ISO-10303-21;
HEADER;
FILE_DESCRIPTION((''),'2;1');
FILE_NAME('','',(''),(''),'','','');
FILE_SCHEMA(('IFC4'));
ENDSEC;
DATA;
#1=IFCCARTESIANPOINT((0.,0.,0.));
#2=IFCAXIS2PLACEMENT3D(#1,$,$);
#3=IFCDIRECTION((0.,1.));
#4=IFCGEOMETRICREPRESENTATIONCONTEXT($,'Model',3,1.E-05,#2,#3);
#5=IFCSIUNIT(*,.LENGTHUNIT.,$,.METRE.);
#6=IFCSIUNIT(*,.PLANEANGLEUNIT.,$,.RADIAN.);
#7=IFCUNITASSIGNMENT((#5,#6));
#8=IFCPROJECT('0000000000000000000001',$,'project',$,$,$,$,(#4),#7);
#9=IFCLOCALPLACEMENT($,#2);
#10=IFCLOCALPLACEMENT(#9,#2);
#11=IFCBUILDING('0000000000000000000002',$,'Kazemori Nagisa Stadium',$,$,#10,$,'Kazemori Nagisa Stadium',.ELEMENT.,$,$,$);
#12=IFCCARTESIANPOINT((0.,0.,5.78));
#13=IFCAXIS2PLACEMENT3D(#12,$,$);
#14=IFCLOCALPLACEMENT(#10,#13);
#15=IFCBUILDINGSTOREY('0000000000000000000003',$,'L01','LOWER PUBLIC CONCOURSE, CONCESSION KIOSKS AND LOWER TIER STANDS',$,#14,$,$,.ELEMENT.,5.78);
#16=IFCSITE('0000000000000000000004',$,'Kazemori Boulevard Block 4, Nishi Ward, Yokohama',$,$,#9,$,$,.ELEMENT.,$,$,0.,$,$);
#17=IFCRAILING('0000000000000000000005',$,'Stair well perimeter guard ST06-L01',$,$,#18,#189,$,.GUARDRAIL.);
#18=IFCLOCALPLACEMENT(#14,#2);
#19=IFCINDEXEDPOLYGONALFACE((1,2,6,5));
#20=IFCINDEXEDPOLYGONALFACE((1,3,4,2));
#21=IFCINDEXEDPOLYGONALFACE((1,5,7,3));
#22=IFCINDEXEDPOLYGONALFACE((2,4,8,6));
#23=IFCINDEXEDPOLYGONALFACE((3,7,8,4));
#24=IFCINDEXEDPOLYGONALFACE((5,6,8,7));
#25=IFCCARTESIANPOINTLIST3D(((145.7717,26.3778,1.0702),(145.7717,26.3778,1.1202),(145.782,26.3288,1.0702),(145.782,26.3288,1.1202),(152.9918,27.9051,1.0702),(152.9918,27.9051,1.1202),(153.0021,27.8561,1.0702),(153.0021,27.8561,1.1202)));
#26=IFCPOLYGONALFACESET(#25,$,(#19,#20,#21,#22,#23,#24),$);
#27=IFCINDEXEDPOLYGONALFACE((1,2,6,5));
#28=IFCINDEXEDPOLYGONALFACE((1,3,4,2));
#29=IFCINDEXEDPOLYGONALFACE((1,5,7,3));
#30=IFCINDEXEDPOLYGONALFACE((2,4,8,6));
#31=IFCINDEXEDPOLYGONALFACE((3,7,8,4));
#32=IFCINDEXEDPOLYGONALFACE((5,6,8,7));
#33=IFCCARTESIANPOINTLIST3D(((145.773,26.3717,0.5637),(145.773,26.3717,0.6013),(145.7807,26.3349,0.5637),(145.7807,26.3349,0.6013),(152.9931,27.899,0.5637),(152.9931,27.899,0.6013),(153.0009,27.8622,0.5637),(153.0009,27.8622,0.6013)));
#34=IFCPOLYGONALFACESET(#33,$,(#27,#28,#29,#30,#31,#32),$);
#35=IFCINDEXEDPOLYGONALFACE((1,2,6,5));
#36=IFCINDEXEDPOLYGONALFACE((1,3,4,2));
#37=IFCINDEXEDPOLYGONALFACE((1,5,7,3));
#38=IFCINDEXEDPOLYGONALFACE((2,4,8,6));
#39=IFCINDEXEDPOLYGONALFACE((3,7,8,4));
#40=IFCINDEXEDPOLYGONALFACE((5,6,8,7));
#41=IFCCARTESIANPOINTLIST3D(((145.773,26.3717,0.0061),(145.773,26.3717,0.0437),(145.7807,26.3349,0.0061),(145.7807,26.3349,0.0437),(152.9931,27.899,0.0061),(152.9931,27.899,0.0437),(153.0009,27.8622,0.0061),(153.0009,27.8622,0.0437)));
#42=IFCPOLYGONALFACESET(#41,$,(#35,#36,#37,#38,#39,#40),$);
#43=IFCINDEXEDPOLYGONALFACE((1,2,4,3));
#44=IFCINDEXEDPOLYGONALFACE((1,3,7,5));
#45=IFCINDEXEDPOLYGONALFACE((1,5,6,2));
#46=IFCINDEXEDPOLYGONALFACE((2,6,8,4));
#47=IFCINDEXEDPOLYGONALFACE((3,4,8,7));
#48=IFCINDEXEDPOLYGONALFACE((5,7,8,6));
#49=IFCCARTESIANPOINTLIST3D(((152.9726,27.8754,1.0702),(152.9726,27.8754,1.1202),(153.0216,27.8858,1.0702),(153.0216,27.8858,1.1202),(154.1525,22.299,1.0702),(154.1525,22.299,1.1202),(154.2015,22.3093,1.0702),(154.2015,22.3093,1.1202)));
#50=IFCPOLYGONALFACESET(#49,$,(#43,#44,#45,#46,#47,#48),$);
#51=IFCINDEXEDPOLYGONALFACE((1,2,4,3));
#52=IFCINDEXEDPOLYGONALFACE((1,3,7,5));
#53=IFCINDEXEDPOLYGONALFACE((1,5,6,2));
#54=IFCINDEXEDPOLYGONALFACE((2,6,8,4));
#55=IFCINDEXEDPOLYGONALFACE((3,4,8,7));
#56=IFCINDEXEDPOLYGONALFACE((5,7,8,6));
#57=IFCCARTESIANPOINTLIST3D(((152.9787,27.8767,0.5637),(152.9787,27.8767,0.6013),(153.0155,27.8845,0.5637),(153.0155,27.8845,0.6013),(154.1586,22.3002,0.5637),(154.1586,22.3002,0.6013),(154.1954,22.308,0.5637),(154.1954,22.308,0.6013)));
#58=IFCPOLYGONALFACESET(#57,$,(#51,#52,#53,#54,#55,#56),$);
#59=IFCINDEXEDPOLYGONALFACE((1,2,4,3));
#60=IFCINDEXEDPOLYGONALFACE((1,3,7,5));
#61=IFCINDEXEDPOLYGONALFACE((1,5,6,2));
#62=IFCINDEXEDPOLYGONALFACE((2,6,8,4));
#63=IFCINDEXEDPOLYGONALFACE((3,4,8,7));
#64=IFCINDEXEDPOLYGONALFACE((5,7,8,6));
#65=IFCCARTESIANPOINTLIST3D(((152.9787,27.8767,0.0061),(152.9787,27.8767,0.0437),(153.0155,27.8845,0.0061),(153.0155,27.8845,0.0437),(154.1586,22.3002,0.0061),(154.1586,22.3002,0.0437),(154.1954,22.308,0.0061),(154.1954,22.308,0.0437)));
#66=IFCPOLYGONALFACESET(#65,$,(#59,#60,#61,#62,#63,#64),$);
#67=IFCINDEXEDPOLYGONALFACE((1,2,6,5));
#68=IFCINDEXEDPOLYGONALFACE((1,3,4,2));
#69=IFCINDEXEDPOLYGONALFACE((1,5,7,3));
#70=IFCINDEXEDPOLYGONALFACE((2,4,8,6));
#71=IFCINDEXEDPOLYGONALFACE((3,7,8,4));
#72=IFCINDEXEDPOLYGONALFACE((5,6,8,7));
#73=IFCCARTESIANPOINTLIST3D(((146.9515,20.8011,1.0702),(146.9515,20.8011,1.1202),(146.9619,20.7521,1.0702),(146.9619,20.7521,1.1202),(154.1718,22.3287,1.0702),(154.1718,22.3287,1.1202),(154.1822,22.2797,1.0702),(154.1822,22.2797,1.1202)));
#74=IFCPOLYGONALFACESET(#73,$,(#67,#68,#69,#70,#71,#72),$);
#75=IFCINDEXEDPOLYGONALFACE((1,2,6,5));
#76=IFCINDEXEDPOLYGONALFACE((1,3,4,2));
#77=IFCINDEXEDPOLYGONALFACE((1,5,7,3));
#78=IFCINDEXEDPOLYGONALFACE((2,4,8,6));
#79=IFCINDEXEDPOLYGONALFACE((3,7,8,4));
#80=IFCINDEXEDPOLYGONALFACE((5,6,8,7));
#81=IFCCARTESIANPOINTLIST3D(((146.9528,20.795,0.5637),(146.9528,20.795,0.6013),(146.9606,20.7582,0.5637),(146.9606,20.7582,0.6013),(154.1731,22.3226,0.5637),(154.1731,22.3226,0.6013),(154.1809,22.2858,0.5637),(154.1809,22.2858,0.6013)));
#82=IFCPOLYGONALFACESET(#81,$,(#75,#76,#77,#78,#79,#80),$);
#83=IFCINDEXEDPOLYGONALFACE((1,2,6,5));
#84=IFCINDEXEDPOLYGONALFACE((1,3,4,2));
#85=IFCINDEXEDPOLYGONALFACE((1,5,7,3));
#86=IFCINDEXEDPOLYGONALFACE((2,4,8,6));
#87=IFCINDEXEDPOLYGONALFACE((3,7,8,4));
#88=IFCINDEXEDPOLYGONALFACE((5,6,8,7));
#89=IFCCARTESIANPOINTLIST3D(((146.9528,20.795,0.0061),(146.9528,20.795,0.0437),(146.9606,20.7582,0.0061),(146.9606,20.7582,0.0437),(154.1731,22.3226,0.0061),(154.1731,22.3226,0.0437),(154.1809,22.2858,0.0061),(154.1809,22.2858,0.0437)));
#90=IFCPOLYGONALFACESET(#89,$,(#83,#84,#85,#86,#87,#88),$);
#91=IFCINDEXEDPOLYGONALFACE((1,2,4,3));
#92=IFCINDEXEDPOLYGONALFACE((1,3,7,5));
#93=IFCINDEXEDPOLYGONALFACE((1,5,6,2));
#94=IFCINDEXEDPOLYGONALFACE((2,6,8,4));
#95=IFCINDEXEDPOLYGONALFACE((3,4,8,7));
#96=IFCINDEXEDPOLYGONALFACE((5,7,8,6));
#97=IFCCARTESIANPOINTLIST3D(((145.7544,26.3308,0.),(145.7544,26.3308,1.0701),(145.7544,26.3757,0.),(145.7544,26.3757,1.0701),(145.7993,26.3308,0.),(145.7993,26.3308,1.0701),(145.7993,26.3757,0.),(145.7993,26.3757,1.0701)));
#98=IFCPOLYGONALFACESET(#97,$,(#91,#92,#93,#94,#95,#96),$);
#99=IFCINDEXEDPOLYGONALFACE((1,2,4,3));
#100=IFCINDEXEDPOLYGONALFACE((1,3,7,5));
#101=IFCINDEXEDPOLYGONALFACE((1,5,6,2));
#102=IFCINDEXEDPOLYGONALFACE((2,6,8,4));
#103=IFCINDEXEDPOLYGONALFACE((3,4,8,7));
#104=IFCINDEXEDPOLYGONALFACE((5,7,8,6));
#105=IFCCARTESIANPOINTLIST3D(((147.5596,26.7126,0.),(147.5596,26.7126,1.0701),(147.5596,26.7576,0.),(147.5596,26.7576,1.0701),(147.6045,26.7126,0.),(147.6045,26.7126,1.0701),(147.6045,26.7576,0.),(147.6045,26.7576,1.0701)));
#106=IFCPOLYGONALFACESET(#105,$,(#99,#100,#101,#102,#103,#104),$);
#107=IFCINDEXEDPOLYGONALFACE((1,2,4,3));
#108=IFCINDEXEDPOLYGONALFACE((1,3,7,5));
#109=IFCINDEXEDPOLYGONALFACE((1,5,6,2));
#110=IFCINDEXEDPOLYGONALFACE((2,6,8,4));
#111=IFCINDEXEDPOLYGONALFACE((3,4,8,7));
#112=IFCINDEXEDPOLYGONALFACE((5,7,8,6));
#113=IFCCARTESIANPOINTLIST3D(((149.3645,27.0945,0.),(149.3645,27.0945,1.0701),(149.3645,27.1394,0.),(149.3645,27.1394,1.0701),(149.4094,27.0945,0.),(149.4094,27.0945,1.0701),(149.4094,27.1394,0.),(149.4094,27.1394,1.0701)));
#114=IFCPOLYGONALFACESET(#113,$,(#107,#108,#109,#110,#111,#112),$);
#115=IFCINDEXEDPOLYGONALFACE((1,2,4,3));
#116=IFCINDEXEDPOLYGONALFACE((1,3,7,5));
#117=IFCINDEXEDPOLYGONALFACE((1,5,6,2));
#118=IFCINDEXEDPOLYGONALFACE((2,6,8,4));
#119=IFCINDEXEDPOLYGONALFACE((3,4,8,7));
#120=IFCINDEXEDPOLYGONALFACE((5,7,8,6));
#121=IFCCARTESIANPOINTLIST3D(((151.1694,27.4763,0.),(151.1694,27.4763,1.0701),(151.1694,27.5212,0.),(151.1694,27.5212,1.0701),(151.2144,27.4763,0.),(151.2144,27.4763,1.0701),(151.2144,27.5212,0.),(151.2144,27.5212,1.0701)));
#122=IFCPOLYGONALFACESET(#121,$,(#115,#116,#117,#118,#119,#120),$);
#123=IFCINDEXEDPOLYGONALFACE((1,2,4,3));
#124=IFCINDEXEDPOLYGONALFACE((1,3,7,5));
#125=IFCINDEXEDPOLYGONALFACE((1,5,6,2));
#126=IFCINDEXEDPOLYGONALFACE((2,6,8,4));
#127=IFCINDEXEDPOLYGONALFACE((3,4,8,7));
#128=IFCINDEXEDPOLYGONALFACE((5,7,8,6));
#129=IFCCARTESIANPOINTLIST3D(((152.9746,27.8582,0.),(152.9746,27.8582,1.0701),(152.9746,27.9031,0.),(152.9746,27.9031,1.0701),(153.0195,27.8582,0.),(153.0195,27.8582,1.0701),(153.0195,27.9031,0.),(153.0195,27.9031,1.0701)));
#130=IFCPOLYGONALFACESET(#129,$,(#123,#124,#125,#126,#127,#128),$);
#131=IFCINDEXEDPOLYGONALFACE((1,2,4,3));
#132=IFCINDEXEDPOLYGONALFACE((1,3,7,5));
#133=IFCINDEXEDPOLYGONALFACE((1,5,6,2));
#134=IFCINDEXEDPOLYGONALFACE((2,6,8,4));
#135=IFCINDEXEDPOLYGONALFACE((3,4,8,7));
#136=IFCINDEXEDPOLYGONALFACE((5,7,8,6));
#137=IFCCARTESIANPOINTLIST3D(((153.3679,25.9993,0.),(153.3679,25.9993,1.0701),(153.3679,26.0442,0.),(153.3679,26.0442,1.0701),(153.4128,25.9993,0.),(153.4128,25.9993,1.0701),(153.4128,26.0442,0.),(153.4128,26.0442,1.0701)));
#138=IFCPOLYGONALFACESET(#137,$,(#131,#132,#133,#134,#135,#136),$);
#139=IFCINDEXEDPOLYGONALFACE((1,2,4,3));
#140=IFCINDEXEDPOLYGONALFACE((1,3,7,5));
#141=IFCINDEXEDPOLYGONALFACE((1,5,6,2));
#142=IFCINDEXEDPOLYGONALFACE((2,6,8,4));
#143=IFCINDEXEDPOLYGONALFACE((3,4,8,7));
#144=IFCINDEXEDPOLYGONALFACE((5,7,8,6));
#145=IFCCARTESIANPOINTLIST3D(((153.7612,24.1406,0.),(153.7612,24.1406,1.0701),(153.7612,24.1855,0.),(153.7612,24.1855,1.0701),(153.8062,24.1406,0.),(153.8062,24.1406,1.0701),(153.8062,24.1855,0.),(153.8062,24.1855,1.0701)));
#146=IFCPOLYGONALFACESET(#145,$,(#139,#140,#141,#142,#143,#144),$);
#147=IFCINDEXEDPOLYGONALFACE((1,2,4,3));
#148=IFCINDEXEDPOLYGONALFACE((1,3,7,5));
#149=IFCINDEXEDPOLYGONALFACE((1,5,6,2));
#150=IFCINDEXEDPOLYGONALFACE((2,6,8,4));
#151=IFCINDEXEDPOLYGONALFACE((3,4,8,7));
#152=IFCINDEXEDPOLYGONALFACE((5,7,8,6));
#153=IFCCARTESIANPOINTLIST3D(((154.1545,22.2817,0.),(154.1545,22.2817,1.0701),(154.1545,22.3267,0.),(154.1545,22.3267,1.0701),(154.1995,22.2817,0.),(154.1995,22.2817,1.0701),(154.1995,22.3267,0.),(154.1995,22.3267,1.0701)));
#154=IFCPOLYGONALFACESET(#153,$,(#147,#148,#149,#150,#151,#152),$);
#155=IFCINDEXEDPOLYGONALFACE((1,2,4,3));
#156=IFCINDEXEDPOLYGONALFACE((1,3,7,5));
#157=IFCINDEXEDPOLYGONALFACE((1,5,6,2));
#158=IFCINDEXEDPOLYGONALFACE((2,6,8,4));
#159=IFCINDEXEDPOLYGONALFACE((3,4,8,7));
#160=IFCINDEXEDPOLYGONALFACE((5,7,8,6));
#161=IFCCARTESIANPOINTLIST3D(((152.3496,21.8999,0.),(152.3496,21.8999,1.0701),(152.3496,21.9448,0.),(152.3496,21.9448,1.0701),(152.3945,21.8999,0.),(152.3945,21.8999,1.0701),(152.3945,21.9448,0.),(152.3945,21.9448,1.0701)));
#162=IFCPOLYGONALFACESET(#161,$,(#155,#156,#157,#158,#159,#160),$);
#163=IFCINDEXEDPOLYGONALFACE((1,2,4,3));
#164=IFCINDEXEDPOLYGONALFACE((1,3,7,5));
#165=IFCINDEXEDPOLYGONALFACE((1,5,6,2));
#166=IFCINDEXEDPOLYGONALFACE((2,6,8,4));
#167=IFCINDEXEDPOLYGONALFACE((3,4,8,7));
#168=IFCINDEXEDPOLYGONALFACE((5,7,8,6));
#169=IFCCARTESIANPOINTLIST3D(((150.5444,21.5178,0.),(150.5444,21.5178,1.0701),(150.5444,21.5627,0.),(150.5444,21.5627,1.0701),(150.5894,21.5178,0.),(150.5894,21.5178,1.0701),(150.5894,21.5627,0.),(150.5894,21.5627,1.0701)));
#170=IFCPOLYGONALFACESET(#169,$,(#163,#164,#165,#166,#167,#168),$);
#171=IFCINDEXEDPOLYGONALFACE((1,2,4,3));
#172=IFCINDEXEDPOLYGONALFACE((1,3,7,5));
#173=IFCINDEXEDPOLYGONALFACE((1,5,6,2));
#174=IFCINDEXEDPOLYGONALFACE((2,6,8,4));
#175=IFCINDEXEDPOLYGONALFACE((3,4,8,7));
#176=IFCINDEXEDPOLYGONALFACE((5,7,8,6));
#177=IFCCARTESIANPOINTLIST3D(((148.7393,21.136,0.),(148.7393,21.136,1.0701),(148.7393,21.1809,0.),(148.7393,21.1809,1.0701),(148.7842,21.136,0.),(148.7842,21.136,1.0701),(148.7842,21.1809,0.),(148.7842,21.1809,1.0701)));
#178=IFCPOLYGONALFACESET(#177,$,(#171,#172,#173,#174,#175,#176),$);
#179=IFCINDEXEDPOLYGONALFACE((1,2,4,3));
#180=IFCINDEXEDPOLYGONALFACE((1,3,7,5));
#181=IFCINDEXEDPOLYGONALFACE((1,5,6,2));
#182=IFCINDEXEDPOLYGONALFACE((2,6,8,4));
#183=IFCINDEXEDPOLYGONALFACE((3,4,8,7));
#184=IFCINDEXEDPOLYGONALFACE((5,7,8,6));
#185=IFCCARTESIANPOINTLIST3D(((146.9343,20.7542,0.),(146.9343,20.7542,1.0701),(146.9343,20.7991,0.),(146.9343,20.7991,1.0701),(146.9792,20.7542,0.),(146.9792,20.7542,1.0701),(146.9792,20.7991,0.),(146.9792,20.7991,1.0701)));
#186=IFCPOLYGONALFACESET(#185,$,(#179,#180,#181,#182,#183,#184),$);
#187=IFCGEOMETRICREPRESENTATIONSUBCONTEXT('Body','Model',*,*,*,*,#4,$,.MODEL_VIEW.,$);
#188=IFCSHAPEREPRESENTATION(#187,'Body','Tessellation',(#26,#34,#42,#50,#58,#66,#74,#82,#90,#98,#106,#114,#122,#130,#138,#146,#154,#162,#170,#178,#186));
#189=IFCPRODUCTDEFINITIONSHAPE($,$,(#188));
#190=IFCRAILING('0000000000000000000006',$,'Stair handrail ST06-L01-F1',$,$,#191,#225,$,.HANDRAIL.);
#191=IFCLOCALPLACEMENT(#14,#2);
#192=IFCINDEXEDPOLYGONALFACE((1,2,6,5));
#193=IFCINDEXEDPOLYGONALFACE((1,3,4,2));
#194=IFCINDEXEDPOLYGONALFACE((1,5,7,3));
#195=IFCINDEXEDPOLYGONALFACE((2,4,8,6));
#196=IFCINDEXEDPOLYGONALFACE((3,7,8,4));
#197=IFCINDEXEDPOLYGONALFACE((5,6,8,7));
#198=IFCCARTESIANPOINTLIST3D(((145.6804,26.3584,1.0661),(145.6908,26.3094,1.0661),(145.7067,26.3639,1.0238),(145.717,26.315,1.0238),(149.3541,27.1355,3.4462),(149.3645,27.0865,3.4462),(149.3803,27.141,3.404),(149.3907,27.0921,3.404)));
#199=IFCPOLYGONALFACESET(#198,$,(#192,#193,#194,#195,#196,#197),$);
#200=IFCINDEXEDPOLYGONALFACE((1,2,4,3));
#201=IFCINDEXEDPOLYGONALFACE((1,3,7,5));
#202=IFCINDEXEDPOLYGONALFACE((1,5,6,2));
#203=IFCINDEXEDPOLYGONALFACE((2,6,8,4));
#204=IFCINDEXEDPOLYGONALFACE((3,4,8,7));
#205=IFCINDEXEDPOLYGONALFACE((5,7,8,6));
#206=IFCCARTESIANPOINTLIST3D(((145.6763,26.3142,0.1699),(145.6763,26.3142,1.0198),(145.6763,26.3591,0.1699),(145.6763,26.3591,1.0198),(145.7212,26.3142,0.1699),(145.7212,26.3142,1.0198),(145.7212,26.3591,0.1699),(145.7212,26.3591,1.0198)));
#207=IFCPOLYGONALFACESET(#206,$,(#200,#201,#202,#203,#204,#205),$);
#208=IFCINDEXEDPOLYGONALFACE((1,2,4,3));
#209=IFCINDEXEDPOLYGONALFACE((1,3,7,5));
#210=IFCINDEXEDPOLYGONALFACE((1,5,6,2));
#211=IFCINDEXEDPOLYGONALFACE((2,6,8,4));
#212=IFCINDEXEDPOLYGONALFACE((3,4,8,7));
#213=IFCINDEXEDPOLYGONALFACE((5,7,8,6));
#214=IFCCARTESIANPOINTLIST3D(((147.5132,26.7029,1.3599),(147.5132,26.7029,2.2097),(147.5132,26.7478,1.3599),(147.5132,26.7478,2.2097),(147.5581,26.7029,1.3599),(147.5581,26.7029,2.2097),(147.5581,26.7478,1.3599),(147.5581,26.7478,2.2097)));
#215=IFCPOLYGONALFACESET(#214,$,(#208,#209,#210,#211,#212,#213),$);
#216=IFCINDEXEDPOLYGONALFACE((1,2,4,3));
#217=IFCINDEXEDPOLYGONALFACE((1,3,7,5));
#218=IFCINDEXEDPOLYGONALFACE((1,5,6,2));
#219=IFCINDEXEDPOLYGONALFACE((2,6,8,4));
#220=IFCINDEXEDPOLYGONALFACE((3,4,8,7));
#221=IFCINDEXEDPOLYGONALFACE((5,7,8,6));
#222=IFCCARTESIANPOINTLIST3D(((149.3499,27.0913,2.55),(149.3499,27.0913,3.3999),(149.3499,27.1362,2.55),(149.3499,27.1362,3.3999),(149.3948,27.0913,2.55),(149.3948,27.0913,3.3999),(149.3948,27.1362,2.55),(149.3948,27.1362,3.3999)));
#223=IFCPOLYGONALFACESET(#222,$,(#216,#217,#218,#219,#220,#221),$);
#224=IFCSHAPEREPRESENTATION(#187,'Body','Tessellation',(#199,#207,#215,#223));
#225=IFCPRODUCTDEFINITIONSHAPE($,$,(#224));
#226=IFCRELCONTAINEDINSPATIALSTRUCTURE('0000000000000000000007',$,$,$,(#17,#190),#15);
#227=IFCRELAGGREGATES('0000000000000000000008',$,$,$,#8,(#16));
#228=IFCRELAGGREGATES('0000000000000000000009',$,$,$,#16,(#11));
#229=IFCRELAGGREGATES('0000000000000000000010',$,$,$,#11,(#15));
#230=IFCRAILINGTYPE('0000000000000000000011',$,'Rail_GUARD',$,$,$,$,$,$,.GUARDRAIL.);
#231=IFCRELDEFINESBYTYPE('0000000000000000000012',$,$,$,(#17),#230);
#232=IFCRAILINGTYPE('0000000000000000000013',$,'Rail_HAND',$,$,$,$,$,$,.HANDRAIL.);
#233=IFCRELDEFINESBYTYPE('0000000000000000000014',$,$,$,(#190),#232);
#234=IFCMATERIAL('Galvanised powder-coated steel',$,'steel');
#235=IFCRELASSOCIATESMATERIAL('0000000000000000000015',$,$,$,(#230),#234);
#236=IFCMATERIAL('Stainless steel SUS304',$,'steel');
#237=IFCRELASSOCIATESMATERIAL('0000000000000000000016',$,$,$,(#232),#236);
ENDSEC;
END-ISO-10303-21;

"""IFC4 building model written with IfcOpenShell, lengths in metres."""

from ifc_helpers import new_model, si_unit, direction, frame, origin, origin_2d, place, context, subcontext, project, spatial, rectangle, extrude, material, type_object, element, save


model = new_model("IFC4")

# Units and contexts
model_context = context("Model", 3, precision=1e-05, world=origin(), true_north=direction((0.0, 1.0)))
body_context = subcontext(model_context, "Body", "Model", "MODEL_VIEW")
ifc_project = project(units=[si_unit("LENGTHUNIT", "METRE"), si_unit("PLANEANGLEUNIT", "RADIAN")], contexts=[model_context])

# Site, building, storey
site_placement = place(None, origin())
site = spatial("IfcSite", under=ifc_project, at=site_placement, Name="Kazemori Boulevard Block 4, Nishi Ward, Yokohama", CompositionType="ELEMENT", RefElevation=0.0)
building_placement = place(site_placement, origin())
building = spatial("IfcBuilding", under=site, at=building_placement, Name="Kazemori Nagisa Stadium", LongName="Kazemori Nagisa Stadium", CompositionType="ELEMENT")
storey_placement = place(building_placement, frame((0.0, 0.0, 5.78)))
storey = spatial("IfcBuildingStorey", under=building, at=storey_placement, Name="L01", Description="LOWER PUBLIC CONCOURSE, CONCESSION KIOSKS AND LOWER TIER STANDS", CompositionType="ELEMENT", Elevation=5.78)

# Railings
ifc_material_1 = material(Name="Galvanised powder-coated steel", Category="steel")
railing_type_1 = type_object("IfcRailingType", Name="Rail_GUARD", PredefinedType="GUARDRAIL", material=ifc_material_1)
railing_1_placement = place(storey_placement, frame((145.7769, 26.3533, 0.0)))
element("IfcRailing", 1, at=railing_1_placement, inside=storey, type_object=railing_type_1, Name="Stair well perimeter guard ST06-L01", PredefinedType="GUARDRAIL", context=body_context, shape_type="SweptSolid", body=[
    extrude(rectangle(XDim=0.05, YDim=0.05, at=origin_2d()), frame((0.0, 0.0, 1.0952), z_axis=(0.97835, 0.206957, 0.0), x_axis=(-0.206957, 0.97835, 0.0)), (0.0, 0.0, 1.0), 7.3799),
    extrude(rectangle(XDim=0.0376, YDim=0.0376, at=origin_2d()), frame((0.0, 0.0, 0.5825), z_axis=(0.97835, 0.206957, 0.0), x_axis=(-0.206957, 0.97835, 0.0)), (0.0, 0.0, 1.0), 7.3799),
    extrude(rectangle(XDim=0.0376, YDim=0.0376, at=origin_2d()), frame((0.0, 0.0, 0.0249), z_axis=(0.97835, 0.206957, 0.0), x_axis=(-0.206957, 0.97835, 0.0)), (0.0, 0.0, 1.0), 7.3799),
    extrude(rectangle(XDim=0.05, YDim=0.05, at=origin_2d()), frame((7.2202, 1.5273, 1.0952), z_axis=(0.20701, -0.978339, 0.0), x_axis=(0.978339, 0.20701, 0.0)), (0.0, 0.0, 1.0), 5.7),
    extrude(rectangle(XDim=0.0376, YDim=0.0376, at=origin_2d()), frame((7.2202, 1.5273, 0.5825), z_axis=(0.20701, -0.978339, 0.0), x_axis=(0.978339, 0.20701, 0.0)), (0.0, 0.0, 1.0), 5.7),
    extrude(rectangle(XDim=0.0376, YDim=0.0376, at=origin_2d()), frame((7.2202, 1.5273, 0.0249), z_axis=(0.20701, -0.978339, 0.0), x_axis=(0.978339, 0.20701, 0.0)), (0.0, 0.0, 1.0), 5.7),
    extrude(rectangle(XDim=0.05, YDim=0.05, at=origin_2d()), frame((8.4001, -4.0491, 1.0952), z_axis=(-0.978343, -0.206989, 0.0), x_axis=(0.206989, -0.978343, 0.0)), (0.0, 0.0, 1.0), 7.3801),
    extrude(rectangle(XDim=0.0376, YDim=0.0376, at=origin_2d()), frame((8.4001, -4.0491, 0.5825), z_axis=(-0.978343, -0.206989, 0.0), x_axis=(0.206989, -0.978343, 0.0)), (0.0, 0.0, 1.0), 7.3801),
    extrude(rectangle(XDim=0.0376, YDim=0.0376, at=origin_2d()), frame((8.4001, -4.0491, 0.0249), z_axis=(-0.978343, -0.206989, 0.0), x_axis=(0.206989, -0.978343, 0.0)), (0.0, 0.0, 1.0), 7.3801),
    extrude(rectangle(XDim=0.0449, YDim=0.0449, at=origin_2d()), origin(), (0.0, 0.0, 1.0), 1.0701),
    extrude(rectangle(XDim=0.0449, YDim=0.0449, at=origin_2d()), frame((1.8052, 0.3818, 0.0)), (0.0, 0.0, 1.0), 1.0701),
    extrude(rectangle(XDim=0.0449, YDim=0.0449, at=origin_2d()), frame((3.6101, 0.7637, 0.0)), (0.0, 0.0, 1.0), 1.0701),
    extrude(rectangle(XDim=0.0449, YDim=0.0449, at=origin_2d()), frame((5.415, 1.1455, 0.0)), (0.0, 0.0, 1.0), 1.0701),
    extrude(rectangle(XDim=0.0449, YDim=0.0449, at=origin_2d()), frame((7.2202, 1.5273, 0.0)), (0.0, 0.0, 1.0), 1.0701),
    extrude(rectangle(XDim=0.0449, YDim=0.0449, at=origin_2d()), frame((7.6135, -0.3315, 0.0)), (0.0, 0.0, 1.0), 1.0701),
    extrude(rectangle(XDim=0.0449, YDim=0.0449, at=origin_2d()), frame((8.0068, -2.1902, 0.0)), (0.0, 0.0, 1.0), 1.0701),
    extrude(rectangle(XDim=0.0449, YDim=0.0449, at=origin_2d()), frame((8.4001, -4.0491, 0.0)), (0.0, 0.0, 1.0), 1.0701),
    extrude(rectangle(XDim=0.0449, YDim=0.0449, at=origin_2d()), frame((6.5952, -4.4309, 0.0)), (0.0, 0.0, 1.0), 1.0701),
    extrude(rectangle(XDim=0.0449, YDim=0.0449, at=origin_2d()), frame((4.79, -4.813, 0.0)), (0.0, 0.0, 1.0), 1.0701),
    extrude(rectangle(XDim=0.0449, YDim=0.0449, at=origin_2d()), frame((2.9849, -5.1948, 0.0)), (0.0, 0.0, 1.0), 1.0701),
    extrude(rectangle(XDim=0.0449, YDim=0.0449, at=origin_2d()), frame((1.1799, -5.5767, 0.0)), (0.0, 0.0, 1.0), 1.0701),
])
ifc_material_2 = material(Name="Stainless steel SUS304", Category="steel")
railing_type_2 = type_object("IfcRailingType", Name="Rail_HAND", PredefinedType="HANDRAIL", material=ifc_material_2)
railing_2_placement = place(storey_placement, frame((145.6987, 26.3367, 0.1699)))
element("IfcRailing", 2, at=railing_2_placement, inside=storey, type_object=railing_type_2, Name="Stair handrail ST06-L01-F1", PredefinedType="HANDRAIL", context=body_context, shape_type="SweptSolid", body=[
    extrude(rectangle(XDim=0.05, YDim=0.05, at=origin_2d()), frame((0.0, 0.0, 0.875), z_axis=(0.826326, 0.174799, 0.535379), x_axis=(-0.206957, 0.97835, 0.0)), (0.0, 0.0, 1.0), 4.4458),
    extrude(rectangle(XDim=0.0449, YDim=0.0449, at=origin_2d()), origin(), (0.0, 0.0, 1.0), 0.8499),
    extrude(rectangle(XDim=0.0449, YDim=0.0449, at=origin_2d()), frame((1.8369, 0.3887, 1.1899)), (0.0, 0.0, 1.0), 0.8499),
    extrude(rectangle(XDim=0.0449, YDim=0.0449, at=origin_2d()), frame((3.6736, 0.7771, 2.3801)), (0.0, 0.0, 1.0), 0.8499),
])

save(model, "model.ifc")
